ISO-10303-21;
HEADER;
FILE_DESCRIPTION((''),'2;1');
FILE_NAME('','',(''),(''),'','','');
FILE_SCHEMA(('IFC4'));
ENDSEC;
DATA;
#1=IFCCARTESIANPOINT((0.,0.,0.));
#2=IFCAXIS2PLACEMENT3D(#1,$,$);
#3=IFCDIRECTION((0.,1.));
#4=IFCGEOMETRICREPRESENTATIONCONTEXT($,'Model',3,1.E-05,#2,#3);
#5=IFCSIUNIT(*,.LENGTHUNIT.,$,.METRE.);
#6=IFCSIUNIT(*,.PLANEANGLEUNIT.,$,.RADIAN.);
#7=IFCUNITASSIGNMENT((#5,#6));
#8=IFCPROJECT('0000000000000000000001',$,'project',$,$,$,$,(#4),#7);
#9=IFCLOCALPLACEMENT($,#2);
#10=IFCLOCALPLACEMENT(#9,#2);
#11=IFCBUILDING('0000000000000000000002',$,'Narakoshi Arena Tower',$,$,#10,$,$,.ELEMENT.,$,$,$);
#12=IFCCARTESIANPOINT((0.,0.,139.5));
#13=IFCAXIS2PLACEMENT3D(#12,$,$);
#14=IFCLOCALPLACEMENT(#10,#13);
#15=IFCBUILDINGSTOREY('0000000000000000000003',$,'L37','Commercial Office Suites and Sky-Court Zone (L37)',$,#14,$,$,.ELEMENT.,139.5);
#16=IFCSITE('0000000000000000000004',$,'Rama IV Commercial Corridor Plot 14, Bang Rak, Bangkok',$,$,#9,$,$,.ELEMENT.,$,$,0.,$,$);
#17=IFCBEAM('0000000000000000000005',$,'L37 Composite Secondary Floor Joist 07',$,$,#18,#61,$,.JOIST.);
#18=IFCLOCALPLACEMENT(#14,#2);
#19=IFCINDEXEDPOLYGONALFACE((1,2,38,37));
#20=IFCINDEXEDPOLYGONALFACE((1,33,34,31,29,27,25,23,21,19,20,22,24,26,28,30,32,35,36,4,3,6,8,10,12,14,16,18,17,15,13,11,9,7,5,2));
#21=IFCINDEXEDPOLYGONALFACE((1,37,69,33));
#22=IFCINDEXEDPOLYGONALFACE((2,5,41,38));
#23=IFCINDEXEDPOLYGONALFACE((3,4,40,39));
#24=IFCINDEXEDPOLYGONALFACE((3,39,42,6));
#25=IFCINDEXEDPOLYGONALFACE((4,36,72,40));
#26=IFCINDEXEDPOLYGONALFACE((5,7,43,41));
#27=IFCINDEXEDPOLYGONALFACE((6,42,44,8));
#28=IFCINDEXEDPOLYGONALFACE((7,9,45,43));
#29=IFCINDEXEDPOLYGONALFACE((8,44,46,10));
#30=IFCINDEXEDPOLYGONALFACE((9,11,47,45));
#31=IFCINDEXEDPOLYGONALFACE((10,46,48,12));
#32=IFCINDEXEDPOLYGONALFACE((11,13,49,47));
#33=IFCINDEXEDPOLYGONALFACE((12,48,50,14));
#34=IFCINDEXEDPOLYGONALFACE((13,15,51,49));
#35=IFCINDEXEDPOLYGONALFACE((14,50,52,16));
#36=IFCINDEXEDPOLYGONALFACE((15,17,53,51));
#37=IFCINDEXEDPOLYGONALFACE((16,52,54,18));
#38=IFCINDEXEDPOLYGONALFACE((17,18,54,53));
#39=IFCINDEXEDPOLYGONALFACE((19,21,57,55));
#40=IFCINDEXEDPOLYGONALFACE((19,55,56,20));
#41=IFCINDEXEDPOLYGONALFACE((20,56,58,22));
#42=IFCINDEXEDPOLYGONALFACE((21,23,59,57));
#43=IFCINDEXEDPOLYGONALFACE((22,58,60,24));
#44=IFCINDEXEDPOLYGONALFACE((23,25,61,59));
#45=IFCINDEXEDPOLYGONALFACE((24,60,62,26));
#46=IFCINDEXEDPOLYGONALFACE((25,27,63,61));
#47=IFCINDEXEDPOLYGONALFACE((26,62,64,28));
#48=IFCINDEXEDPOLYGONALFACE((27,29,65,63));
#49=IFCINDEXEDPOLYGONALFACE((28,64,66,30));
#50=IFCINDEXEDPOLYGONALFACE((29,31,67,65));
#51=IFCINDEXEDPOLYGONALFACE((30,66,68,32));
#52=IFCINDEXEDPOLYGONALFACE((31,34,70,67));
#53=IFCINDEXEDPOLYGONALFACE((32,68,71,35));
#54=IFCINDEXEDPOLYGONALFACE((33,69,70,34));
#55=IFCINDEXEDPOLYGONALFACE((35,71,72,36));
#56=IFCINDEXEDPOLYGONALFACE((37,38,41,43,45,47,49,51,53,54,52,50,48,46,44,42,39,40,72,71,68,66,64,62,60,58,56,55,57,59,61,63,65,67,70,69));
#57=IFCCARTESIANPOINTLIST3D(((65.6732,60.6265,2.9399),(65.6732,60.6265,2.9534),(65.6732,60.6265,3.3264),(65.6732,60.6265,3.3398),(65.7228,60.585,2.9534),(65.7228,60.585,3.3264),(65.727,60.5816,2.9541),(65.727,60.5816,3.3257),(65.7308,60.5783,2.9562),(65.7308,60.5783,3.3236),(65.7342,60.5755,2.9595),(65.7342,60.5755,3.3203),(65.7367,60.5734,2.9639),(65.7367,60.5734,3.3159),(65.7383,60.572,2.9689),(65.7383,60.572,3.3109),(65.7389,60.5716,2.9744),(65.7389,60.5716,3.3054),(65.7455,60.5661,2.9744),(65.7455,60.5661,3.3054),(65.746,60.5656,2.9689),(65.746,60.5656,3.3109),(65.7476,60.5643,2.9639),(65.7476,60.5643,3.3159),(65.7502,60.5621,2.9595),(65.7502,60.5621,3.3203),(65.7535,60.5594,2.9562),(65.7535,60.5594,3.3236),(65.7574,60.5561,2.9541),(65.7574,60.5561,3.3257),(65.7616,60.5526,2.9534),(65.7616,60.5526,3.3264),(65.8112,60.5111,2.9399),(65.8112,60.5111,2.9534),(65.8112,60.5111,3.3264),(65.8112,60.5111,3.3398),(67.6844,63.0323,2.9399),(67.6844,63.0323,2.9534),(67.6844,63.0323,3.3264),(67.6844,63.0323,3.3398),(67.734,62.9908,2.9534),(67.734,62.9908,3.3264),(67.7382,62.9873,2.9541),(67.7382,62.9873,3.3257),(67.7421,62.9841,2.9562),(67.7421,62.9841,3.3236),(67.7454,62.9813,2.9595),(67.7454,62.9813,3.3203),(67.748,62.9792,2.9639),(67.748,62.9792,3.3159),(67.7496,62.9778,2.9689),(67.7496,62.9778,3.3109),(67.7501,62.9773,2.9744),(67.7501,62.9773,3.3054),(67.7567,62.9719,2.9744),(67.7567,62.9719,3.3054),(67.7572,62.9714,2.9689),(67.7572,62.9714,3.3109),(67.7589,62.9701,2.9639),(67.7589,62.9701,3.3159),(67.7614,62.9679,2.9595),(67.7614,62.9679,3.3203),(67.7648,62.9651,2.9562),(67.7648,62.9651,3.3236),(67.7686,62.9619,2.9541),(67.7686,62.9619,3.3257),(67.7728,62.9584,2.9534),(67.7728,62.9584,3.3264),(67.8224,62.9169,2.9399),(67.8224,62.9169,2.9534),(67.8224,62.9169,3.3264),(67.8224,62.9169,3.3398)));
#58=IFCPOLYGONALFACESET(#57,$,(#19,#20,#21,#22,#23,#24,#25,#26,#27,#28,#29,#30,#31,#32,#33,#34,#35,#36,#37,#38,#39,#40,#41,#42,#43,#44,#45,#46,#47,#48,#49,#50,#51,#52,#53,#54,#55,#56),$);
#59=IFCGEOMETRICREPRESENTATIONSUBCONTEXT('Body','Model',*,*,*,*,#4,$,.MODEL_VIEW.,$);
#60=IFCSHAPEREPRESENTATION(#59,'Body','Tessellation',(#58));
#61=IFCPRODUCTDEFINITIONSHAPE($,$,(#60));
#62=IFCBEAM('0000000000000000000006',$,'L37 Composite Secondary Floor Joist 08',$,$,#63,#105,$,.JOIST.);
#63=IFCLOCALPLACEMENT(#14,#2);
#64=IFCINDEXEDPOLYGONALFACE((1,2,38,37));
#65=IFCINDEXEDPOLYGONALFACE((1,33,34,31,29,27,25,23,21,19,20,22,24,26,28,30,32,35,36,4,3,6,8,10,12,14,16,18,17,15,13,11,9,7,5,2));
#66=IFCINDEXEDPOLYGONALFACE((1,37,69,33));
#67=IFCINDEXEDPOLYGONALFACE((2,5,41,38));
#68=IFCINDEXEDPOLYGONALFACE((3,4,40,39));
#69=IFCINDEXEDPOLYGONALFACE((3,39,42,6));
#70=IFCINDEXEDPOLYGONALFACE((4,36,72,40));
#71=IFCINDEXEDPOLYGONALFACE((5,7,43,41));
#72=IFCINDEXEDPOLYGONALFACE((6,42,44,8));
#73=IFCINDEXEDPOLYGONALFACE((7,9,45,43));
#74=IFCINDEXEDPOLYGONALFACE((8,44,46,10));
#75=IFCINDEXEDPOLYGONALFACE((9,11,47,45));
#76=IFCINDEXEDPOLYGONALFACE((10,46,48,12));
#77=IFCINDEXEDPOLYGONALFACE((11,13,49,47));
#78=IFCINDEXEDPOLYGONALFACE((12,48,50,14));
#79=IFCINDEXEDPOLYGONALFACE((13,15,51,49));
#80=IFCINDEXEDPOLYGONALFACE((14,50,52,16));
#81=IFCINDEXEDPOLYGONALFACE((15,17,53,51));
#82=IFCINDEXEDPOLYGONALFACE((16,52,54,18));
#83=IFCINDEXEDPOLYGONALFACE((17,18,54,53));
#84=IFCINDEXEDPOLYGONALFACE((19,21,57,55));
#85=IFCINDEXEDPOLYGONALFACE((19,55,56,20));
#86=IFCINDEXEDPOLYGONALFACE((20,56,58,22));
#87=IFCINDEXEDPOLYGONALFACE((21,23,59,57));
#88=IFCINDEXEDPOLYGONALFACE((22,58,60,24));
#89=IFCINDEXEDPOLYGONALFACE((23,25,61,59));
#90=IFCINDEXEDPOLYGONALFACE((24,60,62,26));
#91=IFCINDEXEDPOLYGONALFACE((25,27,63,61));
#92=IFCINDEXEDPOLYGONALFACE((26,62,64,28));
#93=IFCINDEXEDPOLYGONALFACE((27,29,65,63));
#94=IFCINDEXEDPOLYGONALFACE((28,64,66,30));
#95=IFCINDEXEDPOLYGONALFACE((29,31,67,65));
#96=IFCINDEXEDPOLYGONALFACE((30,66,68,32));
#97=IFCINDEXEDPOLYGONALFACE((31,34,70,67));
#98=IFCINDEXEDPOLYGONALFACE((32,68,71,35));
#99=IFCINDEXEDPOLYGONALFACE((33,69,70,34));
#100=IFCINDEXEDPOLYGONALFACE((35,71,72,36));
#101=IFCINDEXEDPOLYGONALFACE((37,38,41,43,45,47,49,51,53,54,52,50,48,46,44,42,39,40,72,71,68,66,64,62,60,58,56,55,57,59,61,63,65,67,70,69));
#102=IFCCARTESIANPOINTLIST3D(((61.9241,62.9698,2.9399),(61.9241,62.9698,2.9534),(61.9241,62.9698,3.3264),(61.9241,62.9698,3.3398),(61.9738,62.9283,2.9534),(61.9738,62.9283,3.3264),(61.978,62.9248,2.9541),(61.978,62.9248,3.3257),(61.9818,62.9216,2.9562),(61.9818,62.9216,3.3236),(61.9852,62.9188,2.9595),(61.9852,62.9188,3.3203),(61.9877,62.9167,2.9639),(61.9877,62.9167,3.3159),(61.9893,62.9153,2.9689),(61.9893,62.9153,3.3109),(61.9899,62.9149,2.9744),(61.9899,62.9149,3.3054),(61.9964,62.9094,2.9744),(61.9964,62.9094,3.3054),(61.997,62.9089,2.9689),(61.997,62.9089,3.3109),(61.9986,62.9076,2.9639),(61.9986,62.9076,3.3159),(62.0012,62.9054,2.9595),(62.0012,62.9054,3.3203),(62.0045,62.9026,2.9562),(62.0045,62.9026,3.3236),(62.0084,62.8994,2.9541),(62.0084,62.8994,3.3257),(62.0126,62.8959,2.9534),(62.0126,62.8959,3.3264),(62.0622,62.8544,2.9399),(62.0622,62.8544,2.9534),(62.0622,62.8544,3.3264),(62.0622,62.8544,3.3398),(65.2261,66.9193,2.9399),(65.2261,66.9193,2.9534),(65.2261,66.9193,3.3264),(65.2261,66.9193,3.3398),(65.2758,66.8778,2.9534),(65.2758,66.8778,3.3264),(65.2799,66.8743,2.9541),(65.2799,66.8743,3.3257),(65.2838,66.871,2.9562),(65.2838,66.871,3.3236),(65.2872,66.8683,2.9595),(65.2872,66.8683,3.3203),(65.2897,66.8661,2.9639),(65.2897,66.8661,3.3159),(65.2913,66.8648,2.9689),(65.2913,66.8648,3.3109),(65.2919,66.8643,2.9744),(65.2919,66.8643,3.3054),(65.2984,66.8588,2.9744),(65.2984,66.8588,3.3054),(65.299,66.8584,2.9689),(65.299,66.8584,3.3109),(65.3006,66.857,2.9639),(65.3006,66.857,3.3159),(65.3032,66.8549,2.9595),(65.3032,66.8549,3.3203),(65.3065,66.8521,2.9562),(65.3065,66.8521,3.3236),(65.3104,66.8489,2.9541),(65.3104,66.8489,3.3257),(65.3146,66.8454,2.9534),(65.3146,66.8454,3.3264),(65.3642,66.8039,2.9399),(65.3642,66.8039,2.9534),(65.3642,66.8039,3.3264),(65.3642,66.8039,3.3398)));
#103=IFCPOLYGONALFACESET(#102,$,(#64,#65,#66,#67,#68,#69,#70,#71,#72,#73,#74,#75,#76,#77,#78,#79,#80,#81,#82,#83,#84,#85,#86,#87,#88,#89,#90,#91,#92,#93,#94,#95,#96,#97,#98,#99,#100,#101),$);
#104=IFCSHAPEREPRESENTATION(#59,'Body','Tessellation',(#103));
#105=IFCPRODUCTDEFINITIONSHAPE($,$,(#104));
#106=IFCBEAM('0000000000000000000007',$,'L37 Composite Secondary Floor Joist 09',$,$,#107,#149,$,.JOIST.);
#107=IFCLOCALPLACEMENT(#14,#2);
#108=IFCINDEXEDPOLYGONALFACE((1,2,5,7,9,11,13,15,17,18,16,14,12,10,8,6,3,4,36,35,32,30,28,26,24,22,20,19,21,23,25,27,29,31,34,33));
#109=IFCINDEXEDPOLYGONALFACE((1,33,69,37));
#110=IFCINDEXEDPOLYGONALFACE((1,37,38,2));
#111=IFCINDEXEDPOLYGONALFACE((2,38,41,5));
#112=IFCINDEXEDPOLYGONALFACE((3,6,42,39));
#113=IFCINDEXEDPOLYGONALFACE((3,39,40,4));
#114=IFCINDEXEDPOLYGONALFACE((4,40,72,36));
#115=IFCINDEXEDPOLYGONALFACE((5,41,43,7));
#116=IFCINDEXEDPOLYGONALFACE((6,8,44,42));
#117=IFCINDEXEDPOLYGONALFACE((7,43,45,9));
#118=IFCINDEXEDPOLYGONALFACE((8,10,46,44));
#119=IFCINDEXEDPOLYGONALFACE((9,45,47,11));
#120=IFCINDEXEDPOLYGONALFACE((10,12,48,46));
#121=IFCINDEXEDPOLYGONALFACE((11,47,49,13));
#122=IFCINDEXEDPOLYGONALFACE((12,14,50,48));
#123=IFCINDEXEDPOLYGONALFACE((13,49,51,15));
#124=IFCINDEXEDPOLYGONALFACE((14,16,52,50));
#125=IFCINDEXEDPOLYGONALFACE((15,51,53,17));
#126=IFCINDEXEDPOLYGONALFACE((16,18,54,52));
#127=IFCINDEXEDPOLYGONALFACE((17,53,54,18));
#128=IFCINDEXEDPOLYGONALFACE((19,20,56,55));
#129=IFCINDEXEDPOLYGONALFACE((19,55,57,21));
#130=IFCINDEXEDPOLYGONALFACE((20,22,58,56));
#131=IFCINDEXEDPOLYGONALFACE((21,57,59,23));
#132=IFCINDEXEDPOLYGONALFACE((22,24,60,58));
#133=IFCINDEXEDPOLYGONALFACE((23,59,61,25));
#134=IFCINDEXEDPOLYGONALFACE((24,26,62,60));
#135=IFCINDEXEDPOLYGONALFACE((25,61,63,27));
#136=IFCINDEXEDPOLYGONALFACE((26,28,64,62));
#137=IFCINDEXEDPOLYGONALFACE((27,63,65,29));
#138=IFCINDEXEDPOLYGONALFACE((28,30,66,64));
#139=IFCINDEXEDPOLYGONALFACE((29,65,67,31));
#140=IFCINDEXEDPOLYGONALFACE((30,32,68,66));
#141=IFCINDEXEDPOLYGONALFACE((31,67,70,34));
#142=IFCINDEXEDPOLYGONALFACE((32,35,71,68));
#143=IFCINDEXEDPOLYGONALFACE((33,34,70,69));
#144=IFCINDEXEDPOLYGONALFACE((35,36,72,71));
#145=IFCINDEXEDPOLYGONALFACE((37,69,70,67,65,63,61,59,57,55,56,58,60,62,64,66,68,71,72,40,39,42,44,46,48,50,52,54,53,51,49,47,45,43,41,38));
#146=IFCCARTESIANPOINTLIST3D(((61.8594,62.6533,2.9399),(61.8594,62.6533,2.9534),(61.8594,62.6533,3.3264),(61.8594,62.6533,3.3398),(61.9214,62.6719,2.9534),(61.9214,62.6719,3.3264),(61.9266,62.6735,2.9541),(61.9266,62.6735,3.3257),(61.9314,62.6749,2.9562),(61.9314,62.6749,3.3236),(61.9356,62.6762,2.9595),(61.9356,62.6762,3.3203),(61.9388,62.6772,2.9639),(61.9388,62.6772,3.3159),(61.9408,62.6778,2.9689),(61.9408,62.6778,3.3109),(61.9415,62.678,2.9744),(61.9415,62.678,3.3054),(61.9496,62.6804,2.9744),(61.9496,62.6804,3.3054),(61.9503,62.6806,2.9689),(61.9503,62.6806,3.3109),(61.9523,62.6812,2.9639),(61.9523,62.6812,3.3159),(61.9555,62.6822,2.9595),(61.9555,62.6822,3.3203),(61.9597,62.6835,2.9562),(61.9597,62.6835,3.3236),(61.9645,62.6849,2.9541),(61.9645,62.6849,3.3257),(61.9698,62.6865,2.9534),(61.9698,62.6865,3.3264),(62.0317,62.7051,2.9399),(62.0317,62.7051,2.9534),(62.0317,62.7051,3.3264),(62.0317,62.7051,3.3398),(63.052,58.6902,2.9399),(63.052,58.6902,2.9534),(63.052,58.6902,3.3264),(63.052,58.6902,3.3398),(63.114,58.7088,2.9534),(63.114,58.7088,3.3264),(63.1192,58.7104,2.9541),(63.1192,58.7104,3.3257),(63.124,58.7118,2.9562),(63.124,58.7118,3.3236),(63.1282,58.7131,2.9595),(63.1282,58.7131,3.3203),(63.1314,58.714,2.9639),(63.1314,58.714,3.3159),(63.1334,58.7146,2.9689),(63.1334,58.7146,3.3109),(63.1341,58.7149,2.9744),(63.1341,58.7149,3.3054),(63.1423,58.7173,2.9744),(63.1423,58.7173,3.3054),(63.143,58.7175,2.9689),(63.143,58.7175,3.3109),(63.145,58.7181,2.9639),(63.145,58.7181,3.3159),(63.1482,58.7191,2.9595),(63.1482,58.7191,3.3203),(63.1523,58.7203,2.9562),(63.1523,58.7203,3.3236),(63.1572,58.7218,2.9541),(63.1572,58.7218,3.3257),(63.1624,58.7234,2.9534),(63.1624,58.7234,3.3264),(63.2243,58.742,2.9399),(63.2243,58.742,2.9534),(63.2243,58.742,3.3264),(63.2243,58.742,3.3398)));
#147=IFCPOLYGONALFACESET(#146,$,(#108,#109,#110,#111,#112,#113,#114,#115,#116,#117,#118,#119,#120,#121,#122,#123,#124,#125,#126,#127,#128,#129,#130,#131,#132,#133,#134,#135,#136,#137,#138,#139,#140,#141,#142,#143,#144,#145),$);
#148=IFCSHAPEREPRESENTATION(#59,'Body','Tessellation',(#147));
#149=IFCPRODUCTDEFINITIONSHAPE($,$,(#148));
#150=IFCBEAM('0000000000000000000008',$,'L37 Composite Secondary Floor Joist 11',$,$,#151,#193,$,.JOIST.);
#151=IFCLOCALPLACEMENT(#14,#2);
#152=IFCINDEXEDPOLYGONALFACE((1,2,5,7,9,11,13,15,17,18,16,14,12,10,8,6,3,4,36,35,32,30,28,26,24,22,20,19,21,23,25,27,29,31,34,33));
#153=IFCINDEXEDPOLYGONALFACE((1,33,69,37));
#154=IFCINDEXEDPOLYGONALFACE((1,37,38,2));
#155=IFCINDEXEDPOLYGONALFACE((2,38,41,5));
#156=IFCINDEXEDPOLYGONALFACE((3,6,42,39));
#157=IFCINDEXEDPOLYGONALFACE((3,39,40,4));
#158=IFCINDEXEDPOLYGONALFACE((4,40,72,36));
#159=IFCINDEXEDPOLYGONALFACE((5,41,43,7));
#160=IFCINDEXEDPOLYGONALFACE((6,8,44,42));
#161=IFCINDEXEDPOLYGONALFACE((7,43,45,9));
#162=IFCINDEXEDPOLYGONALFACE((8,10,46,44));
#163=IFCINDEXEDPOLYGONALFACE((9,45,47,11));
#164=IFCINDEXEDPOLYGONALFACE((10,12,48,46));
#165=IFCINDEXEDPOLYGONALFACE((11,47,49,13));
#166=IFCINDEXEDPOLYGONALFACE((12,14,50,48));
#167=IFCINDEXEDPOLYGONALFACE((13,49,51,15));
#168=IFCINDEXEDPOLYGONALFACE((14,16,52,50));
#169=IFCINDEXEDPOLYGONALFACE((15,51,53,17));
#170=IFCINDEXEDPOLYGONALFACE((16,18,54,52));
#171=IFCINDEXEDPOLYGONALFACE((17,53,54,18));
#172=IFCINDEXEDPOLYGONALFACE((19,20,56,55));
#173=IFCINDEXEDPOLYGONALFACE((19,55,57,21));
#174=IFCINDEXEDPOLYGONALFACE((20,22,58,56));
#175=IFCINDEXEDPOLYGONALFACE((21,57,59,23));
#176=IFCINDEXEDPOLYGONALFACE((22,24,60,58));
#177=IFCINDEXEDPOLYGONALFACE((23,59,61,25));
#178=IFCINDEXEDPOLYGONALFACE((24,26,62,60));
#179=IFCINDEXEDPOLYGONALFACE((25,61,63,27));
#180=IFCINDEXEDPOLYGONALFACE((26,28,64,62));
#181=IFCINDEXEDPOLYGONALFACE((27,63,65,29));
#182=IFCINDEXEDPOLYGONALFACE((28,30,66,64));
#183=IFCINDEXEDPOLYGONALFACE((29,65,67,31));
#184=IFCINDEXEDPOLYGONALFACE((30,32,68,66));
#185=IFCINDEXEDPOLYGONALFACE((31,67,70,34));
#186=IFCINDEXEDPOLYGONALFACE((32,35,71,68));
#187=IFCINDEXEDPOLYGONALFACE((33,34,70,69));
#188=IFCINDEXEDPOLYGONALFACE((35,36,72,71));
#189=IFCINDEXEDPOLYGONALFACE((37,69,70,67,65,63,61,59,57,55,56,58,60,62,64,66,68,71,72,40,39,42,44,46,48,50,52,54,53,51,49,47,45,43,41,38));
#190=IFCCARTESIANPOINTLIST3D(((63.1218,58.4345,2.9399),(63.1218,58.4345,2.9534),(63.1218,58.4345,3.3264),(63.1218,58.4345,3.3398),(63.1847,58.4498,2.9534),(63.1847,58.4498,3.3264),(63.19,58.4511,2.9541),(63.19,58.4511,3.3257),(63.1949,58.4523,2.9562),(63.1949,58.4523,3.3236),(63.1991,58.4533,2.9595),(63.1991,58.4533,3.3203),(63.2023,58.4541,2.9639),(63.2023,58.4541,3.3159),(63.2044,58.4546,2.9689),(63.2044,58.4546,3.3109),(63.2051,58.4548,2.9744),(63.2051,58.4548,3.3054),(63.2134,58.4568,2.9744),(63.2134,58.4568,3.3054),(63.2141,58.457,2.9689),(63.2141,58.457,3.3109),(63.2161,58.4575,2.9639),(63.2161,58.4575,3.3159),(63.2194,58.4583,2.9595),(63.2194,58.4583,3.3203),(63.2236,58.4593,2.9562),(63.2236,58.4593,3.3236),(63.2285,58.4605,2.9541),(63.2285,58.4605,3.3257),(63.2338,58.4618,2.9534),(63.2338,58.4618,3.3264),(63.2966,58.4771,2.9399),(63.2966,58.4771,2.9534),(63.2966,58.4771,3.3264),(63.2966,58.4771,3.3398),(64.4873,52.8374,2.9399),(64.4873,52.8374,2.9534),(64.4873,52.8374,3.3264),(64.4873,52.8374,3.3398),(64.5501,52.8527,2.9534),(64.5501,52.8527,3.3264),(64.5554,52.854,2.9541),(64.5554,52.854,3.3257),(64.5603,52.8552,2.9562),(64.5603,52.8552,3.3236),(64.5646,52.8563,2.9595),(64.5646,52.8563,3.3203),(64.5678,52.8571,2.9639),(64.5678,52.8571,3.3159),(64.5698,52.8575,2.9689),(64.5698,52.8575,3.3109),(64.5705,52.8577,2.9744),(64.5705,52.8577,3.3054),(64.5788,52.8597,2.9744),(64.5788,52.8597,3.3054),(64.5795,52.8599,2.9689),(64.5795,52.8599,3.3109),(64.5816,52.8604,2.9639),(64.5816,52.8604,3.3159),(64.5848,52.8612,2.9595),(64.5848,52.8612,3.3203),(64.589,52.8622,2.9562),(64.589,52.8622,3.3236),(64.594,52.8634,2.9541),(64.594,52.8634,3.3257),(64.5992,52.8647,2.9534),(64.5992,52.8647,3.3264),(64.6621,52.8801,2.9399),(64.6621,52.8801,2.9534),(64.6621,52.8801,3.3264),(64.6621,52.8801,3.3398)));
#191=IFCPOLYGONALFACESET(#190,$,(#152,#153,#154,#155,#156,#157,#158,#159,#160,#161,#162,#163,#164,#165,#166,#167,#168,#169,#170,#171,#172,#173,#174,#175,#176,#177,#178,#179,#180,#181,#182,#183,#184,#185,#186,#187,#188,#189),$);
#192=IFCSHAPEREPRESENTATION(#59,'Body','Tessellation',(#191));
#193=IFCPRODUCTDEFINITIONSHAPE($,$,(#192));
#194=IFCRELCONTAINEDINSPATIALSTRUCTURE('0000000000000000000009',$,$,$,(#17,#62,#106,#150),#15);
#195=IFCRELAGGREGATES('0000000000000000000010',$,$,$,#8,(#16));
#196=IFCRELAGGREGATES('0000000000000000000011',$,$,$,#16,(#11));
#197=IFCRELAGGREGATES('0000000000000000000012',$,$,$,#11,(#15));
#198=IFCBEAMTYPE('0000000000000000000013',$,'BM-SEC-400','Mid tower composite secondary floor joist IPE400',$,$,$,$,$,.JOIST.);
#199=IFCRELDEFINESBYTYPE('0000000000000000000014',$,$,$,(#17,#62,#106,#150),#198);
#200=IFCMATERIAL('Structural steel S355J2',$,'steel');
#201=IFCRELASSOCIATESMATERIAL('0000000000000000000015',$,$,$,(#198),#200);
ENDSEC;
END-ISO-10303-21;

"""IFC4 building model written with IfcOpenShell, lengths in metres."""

from ifc_helpers import new_model, si_unit, direction, frame, origin, origin_2d, place, context, subcontext, project, spatial, i_section, extrude, material, material_profile, profile_set, type_object, element, save


model = new_model("IFC4")

# Units and contexts
model_context = context("Model", 3, precision=1e-05, world=origin(), true_north=direction((0.0, 1.0)))
body_context = subcontext(model_context, "Body", "Model", "MODEL_VIEW")
ifc_project = project(units=[si_unit("LENGTHUNIT", "METRE"), si_unit("PLANEANGLEUNIT", "RADIAN")], contexts=[model_context])

# Site, building, storey
site_placement = place(None, origin())
site = spatial("IfcSite", under=ifc_project, at=site_placement, Name="Rama IV Commercial Corridor Plot 14, Bang Rak, Bangkok", CompositionType="ELEMENT", RefElevation=0.0)
building_placement = place(site_placement, origin())
building = spatial("IfcBuilding", under=site, at=building_placement, Name="Narakoshi Arena Tower", CompositionType="ELEMENT")
storey_placement = place(building_placement, frame((0.0, 0.0, 139.5)))
storey = spatial("IfcBuildingStorey", under=building, at=storey_placement, Name="L37", Description="Commercial Office Suites and Sky-Court Zone (L37)", CompositionType="ELEMENT", Elevation=139.5)

# Beams
ifc_material_1 = material(Name="Structural steel S355J2", Category="steel")
ifc_material_profile_1 = material_profile(ifc_material_1, i_section(OverallWidth=0.1799, OverallDepth=0.3999, WebThickness=0.0085, FlangeThickness=0.0134, FilletRadius=0.021, at=origin_2d()), Name="IPE400")
ifc_profile_set_1 = profile_set([ifc_material_profile_1], Name="Structural steel S355J2")
beam_type_1 = type_object("IfcBeamType", Name="BM-SEC-400", Description="Mid tower composite secondary floor joist IPE400", PredefinedType="JOIST", material=ifc_profile_set_1)
beam_1_placement = place(storey_placement, frame((67.7534, 62.9746, 3.1399), z_axis=(-0.641394, -0.767212, 0.0), x_axis=(0.767212, -0.641394, 0.0)))
element("IfcBeam", 1, at=beam_1_placement, inside=storey, type_object=beam_type_1, Name="L37 Composite Secondary Floor Joist 07", PredefinedType="JOIST", context=body_context, shape_type="SweptSolid", body=[
    extrude(i_section(OverallWidth=0.1799, OverallDepth=0.3999, WebThickness=0.0085, FlangeThickness=0.0134, FilletRadius=0.021, at=origin_2d()), origin(), (0.0, 0.0, 1.0), 3.1357),
])
beam_2_placement = place(storey_placement, frame((65.2952, 66.8616, 3.1399), z_axis=(-0.64142, -0.76719, 0.0), x_axis=(0.76719, -0.64142, 0.0)))
element("IfcBeam", 2, at=beam_2_placement, inside=storey, type_object=beam_type_1, Name="L37 Composite Secondary Floor Joist 08", PredefinedType="JOIST", context=body_context, shape_type="SweptSolid", body=[
    extrude(i_section(OverallWidth=0.1799, OverallDepth=0.3999, WebThickness=0.0085, FlangeThickness=0.0134, FilletRadius=0.021, at=origin_2d()), origin(), (0.0, 0.0, 1.0), 5.1479),
])
beam_3_placement = place(storey_placement, frame((61.9456, 62.6792, 3.1399), z_axis=(0.288165, -0.957581, 0.0), x_axis=(0.957581, 0.288165, 0.0)))
element("IfcBeam", 3, at=beam_3_placement, inside=storey, type_object=beam_type_1, Name="L37 Composite Secondary Floor Joist 09", PredefinedType="JOIST", context=body_context, shape_type="SweptSolid", body=[
    extrude(i_section(OverallWidth=0.1799, OverallDepth=0.3999, WebThickness=0.0085, FlangeThickness=0.0134, FilletRadius=0.021, at=origin_2d()), origin(), (0.0, 0.0, 1.0), 4.1387),
])
beam_4_placement = place(storey_placement, frame((63.2092, 58.4558, 3.1399), z_axis=(0.237008, -0.971508, 0.0), x_axis=(0.971508, 0.237008, 0.0)))
element("IfcBeam", 4, at=beam_4_placement, inside=storey, type_object=beam_type_1, Name="L37 Composite Secondary Floor Joist 11", PredefinedType="JOIST", context=body_context, shape_type="SweptSolid", body=[
    extrude(i_section(OverallWidth=0.1799, OverallDepth=0.3999, WebThickness=0.0085, FlangeThickness=0.0134, FilletRadius=0.021, at=origin_2d()), origin(), (0.0, 0.0, 1.0), 5.7612),
])

save(model, "model.ifc")
